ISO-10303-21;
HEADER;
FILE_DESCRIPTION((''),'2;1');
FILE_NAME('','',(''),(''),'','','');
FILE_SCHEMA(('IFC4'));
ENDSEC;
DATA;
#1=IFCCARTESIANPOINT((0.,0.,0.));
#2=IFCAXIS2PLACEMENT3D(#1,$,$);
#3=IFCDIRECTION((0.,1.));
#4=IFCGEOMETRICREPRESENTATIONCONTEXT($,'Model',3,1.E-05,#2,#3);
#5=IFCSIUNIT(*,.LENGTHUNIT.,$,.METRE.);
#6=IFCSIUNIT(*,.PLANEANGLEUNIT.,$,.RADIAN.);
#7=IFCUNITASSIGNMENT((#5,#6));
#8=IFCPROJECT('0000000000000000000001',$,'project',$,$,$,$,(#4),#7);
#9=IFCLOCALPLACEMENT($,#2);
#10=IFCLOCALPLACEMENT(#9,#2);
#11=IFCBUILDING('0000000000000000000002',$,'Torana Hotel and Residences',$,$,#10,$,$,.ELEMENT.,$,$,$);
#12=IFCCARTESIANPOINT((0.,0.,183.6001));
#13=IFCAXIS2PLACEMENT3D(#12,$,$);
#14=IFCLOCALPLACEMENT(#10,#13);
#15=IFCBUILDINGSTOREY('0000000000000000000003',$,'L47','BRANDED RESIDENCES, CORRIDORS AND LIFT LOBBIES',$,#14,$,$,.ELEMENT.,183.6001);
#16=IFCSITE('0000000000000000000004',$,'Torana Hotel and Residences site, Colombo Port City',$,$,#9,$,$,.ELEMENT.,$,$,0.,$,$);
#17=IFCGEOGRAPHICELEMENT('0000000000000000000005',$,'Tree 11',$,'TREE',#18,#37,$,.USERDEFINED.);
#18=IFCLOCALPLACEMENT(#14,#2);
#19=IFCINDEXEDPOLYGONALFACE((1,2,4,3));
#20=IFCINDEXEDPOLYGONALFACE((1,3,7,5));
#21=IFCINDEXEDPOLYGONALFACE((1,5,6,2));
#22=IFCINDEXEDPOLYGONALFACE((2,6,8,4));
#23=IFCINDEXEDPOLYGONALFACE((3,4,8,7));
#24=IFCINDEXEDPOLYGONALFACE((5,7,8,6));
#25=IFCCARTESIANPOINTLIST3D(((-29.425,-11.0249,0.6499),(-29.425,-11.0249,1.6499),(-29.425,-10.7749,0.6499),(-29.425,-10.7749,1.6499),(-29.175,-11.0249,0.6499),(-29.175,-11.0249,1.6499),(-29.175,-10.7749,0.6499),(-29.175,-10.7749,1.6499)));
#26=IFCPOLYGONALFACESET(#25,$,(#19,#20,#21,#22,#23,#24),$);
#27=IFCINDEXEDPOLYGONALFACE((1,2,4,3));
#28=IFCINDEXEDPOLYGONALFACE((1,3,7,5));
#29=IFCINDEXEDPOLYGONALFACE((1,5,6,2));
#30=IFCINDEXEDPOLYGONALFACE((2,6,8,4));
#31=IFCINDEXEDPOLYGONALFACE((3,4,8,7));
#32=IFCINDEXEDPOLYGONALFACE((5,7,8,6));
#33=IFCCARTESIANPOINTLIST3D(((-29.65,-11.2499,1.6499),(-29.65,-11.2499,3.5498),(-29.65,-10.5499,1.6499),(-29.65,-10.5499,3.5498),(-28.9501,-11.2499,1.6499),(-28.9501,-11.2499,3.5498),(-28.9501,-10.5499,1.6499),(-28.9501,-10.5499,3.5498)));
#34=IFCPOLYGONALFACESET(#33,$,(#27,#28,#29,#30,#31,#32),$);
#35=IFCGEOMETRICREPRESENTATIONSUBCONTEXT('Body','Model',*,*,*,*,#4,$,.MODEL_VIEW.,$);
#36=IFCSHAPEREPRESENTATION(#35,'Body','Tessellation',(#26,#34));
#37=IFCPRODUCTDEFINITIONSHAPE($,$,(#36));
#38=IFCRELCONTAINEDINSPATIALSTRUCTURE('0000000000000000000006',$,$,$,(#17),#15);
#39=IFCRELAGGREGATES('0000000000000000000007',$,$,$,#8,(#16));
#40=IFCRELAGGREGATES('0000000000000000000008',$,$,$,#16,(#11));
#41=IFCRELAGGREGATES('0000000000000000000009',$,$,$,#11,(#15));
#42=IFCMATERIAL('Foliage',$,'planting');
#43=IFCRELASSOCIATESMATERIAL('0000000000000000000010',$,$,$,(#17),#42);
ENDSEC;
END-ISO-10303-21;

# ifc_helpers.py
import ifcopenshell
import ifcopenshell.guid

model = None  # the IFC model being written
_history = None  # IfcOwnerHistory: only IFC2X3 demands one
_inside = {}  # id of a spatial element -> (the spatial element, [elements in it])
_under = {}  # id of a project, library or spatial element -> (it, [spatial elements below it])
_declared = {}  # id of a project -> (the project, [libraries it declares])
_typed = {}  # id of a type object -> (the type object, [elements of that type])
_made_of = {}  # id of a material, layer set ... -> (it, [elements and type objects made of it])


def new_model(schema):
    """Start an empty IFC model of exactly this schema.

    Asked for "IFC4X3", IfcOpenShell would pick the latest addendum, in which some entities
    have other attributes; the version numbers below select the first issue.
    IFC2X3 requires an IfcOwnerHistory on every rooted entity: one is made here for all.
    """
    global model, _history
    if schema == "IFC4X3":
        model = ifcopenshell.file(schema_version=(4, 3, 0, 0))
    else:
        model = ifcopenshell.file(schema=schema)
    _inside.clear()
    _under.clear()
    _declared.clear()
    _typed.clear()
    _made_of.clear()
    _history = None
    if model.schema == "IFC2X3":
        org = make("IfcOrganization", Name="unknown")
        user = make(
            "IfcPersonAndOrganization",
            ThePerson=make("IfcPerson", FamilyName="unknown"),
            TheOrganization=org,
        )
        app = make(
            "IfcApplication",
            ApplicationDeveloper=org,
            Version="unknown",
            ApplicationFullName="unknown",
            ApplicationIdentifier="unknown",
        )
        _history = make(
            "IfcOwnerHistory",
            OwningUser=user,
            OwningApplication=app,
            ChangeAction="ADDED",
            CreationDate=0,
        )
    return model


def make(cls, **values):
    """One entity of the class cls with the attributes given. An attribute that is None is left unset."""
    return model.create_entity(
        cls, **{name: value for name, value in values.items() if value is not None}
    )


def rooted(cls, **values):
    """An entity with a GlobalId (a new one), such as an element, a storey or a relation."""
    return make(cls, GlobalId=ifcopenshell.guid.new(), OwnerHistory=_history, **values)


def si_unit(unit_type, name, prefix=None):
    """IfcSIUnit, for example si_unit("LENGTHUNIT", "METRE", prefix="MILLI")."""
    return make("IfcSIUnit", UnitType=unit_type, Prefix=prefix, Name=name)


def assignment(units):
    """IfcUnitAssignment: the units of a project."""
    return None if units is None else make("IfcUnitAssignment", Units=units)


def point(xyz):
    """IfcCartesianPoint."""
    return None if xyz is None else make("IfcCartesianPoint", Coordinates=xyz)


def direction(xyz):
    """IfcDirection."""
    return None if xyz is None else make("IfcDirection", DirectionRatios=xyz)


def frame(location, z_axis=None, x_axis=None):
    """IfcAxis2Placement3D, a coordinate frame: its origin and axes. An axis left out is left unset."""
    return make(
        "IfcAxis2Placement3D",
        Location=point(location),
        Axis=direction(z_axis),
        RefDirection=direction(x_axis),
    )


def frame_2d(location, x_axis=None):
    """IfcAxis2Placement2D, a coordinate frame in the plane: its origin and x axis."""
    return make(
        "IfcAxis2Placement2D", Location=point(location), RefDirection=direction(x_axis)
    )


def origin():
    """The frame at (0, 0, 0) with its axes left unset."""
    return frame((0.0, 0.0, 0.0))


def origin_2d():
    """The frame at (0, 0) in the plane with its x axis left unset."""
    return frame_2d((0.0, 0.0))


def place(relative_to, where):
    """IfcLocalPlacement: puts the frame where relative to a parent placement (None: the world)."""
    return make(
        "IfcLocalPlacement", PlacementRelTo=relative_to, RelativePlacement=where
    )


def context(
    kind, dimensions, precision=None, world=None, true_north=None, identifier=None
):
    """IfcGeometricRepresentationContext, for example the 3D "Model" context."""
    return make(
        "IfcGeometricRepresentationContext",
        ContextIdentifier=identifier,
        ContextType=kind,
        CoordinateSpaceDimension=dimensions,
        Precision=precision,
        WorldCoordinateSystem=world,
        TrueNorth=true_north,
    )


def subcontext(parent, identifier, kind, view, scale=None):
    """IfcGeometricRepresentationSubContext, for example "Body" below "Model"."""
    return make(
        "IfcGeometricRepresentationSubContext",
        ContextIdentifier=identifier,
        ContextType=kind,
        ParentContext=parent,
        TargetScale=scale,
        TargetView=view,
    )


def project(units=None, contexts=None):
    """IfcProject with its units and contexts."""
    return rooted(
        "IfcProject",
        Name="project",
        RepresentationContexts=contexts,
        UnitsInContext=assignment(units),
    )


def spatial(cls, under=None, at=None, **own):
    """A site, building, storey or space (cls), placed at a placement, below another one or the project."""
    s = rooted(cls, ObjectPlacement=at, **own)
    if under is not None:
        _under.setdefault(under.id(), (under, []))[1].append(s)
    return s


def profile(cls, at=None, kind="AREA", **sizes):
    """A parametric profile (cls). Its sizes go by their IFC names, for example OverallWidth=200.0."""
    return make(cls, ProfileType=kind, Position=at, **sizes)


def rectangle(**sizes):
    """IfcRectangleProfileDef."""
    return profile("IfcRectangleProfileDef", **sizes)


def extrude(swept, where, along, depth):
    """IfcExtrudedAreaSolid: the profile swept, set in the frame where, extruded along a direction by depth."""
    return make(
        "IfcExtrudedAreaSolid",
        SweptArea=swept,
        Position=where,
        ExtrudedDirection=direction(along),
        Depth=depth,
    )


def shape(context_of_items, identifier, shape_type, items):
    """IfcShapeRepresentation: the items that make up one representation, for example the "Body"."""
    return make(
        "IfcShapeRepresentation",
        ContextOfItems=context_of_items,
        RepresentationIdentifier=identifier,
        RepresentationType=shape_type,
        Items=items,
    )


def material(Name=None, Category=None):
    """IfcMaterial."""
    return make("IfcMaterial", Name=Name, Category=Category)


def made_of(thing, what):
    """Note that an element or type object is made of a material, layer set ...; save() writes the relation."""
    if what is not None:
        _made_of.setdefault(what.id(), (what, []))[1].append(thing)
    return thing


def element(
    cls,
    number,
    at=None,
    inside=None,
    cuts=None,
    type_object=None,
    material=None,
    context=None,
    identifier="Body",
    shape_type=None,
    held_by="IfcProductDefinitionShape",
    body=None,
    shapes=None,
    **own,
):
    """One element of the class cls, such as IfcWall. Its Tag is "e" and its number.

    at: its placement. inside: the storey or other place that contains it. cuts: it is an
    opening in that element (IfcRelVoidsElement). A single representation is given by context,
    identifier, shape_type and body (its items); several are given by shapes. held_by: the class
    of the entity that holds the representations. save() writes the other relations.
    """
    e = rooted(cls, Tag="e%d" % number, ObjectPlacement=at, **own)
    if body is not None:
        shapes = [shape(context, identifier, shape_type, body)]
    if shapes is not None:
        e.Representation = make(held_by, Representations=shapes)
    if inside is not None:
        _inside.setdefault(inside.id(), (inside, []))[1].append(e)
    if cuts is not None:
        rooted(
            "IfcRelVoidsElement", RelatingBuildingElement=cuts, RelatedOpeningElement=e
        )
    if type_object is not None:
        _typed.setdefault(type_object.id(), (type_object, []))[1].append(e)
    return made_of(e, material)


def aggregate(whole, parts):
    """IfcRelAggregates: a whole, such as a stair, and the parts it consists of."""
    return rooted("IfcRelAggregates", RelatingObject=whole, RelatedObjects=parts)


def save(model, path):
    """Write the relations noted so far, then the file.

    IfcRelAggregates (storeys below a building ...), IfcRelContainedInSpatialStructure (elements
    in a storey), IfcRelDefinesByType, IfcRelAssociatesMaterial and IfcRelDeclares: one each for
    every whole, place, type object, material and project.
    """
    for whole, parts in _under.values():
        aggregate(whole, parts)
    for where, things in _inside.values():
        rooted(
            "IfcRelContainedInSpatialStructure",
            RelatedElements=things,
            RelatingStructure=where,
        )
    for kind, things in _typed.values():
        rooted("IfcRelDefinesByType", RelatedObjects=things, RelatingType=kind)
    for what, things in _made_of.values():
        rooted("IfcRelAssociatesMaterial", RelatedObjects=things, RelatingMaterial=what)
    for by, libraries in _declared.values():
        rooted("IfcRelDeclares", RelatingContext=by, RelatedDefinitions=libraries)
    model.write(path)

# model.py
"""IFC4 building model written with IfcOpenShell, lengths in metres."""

from ifc_helpers import new_model, si_unit, direction, frame, origin, origin_2d, place, context, subcontext, project, spatial, rectangle, extrude, material, element, save


model = new_model("IFC4")

# Units and contexts
model_context = context("Model", 3, precision=1e-05, world=origin(), true_north=direction((0.0, 1.0)))
body_context = subcontext(model_context, "Body", "Model", "MODEL_VIEW")
ifc_project = project(units=[si_unit("LENGTHUNIT", "METRE"), si_unit("PLANEANGLEUNIT", "RADIAN")], contexts=[model_context])

# Site, building, storey
site_placement = place(None, origin())
site = spatial("IfcSite", under=ifc_project, at=site_placement, Name="Torana Hotel and Residences site, Colombo Port City", CompositionType="ELEMENT", RefElevation=0.0)
building_placement = place(site_placement, origin())
building = spatial("IfcBuilding", under=site, at=building_placement, Name="Torana Hotel and Residences", CompositionType="ELEMENT")
storey_placement = place(building_placement, frame((0.0, 0.0, 183.6001)))
storey = spatial("IfcBuildingStorey", under=building, at=storey_placement, Name="L47", Description="BRANDED RESIDENCES, CORRIDORS AND LIFT LOBBIES", CompositionType="ELEMENT", Elevation=183.6001)

# Geographic element
ifc_material_1 = material(Name="Foliage", Category="planting")
geographic_element_placement = place(storey_placement, frame((-29.3, -10.8999, 0.6499), z_axis=(0.0, 0.0, 1.0), x_axis=(1.0, 0.0, 0.0)))
element("IfcGeographicElement", 1, at=geographic_element_placement, inside=storey, material=ifc_material_1, Name="Tree 11", ObjectType="TREE", PredefinedType="USERDEFINED", context=body_context, shape_type="SweptSolid", body=[
    extrude(rectangle(XDim=0.25, YDim=0.25, at=origin_2d()), origin(), (0.0, 0.0, 1.0), 1.0),
    extrude(rectangle(XDim=0.7, YDim=0.7, at=origin_2d()), frame((0.0, 0.0, 1.0)), (0.0, 0.0, 1.0), 1.8999),
])

save(model, "model.ifc")
